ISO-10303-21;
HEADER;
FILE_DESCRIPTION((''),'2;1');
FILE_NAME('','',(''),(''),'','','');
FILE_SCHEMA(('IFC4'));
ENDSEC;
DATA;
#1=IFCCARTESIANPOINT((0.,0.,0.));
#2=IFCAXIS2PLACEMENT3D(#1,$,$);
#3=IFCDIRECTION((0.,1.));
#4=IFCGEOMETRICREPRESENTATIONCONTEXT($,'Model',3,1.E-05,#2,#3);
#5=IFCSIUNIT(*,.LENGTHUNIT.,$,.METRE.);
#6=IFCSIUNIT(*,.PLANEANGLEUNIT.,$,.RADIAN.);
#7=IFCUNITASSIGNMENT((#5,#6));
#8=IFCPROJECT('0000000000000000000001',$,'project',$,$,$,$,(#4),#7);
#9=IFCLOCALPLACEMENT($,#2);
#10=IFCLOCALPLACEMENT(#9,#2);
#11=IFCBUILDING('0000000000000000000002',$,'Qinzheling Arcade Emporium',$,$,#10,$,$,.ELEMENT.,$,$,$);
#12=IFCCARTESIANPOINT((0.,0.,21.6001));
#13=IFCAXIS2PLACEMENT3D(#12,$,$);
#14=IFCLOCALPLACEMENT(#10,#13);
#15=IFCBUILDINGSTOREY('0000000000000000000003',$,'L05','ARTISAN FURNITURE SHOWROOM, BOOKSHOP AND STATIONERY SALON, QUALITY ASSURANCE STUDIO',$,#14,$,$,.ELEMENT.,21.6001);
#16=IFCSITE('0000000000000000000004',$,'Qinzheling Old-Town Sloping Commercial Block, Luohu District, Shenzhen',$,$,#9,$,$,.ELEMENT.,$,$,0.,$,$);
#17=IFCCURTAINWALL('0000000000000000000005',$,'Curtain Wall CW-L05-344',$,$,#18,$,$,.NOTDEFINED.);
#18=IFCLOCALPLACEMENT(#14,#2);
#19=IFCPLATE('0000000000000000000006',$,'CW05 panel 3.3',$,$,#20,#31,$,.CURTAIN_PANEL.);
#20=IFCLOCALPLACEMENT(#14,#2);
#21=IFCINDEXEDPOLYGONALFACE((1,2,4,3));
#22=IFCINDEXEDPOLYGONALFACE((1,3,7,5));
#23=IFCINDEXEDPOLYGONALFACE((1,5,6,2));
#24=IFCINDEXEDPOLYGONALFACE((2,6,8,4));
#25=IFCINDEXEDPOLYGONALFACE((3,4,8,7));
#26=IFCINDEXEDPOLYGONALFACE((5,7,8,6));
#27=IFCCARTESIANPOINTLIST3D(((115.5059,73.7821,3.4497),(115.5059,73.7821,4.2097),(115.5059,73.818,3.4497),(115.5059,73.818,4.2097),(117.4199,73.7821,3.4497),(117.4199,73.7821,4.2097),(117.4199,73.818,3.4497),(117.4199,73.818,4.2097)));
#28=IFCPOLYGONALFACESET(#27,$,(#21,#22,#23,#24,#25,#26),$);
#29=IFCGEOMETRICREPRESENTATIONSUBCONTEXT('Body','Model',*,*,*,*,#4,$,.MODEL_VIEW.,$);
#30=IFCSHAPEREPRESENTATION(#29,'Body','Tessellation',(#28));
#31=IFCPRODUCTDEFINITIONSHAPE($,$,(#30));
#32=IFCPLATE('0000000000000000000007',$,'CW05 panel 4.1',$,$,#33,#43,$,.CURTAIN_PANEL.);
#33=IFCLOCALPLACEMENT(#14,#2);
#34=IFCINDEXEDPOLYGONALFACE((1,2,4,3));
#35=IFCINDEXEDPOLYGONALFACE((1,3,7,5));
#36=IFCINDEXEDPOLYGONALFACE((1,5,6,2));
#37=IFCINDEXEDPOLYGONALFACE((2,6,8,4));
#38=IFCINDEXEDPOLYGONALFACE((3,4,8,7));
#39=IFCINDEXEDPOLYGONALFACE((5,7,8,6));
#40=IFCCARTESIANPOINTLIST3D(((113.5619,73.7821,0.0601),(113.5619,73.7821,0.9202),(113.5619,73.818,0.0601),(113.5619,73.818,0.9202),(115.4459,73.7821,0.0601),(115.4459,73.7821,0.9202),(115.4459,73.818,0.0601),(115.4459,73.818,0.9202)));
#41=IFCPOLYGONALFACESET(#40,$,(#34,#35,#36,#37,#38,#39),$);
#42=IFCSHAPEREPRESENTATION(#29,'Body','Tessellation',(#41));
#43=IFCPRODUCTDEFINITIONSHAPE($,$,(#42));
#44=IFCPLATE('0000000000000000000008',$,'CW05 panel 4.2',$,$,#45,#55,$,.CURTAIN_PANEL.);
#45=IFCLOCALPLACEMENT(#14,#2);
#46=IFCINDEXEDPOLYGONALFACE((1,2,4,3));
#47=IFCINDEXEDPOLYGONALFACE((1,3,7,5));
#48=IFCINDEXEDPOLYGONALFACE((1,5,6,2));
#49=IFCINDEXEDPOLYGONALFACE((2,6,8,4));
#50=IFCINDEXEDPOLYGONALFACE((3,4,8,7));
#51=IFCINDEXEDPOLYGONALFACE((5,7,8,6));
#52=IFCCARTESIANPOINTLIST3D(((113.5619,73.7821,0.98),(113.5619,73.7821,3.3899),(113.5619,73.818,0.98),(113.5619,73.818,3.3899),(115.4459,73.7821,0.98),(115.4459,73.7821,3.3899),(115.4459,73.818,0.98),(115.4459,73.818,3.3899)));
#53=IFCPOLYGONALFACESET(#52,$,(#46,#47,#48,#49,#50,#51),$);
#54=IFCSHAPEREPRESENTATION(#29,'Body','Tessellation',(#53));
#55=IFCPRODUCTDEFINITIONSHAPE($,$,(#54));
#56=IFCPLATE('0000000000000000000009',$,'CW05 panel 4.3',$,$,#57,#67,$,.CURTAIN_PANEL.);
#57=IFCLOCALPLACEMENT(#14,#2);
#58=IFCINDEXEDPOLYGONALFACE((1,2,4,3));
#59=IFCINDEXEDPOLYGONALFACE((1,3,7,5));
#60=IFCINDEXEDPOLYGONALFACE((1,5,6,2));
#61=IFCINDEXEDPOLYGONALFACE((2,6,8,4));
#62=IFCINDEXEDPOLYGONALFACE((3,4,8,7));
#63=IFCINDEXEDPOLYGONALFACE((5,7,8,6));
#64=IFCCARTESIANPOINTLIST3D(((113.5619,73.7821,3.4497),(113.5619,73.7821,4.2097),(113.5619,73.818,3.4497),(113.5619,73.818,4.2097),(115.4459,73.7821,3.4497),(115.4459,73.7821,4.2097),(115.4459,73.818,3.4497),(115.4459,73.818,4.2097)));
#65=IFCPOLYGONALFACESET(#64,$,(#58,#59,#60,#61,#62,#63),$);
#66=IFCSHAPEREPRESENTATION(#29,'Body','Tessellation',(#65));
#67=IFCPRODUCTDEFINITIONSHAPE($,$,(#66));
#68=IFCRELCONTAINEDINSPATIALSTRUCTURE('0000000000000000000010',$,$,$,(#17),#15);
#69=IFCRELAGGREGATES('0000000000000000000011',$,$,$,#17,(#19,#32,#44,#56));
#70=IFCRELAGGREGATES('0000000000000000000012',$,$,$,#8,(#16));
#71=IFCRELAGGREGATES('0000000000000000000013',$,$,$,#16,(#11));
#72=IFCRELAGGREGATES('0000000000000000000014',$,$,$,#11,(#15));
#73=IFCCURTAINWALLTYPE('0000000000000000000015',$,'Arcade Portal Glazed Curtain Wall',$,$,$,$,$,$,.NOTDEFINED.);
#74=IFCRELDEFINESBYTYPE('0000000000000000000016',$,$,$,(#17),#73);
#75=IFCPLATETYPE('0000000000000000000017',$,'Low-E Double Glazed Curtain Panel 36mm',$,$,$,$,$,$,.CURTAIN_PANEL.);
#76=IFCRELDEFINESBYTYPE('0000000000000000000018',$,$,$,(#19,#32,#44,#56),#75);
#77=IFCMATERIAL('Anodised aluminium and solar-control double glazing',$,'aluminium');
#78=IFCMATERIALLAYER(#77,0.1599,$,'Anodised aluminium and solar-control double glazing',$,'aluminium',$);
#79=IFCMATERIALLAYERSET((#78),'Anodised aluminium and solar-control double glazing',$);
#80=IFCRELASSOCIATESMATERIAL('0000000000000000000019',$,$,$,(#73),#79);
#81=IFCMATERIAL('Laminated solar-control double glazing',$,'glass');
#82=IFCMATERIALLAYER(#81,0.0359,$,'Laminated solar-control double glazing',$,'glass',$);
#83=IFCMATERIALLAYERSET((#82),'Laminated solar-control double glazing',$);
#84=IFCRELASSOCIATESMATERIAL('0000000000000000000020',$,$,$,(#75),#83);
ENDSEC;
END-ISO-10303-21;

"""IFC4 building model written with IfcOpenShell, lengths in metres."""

from ifc_helpers import new_model, si_unit, direction, frame, origin, origin_2d, place, context, subcontext, project, spatial, rectangle, extrude, material, layer, layer_set, type_object, element, aggregate, save


model = new_model("IFC4")

# Units and contexts
model_context = context("Model", 3, precision=1e-05, world=origin(), true_north=direction((0.0, 1.0)))
body_context = subcontext(model_context, "Body", "Model", "MODEL_VIEW")
ifc_project = project(units=[si_unit("LENGTHUNIT", "METRE"), si_unit("PLANEANGLEUNIT", "RADIAN")], contexts=[model_context])

# Site, building, storey
site_placement = place(None, origin())
site = spatial("IfcSite", under=ifc_project, at=site_placement, Name="Qinzheling Old-Town Sloping Commercial Block, Luohu District, Shenzhen", CompositionType="ELEMENT", RefElevation=0.0)
building_placement = place(site_placement, origin())
building = spatial("IfcBuilding", under=site, at=building_placement, Name="Qinzheling Arcade Emporium", CompositionType="ELEMENT")
storey_placement = place(building_placement, frame((0.0, 0.0, 21.6001)))
storey = spatial("IfcBuildingStorey", under=building, at=storey_placement, Name="L05", Description="ARTISAN FURNITURE SHOWROOM, BOOKSHOP AND STATIONERY SALON, QUALITY ASSURANCE STUDIO", CompositionType="ELEMENT", Elevation=21.6001)

# Curtain wall
ifc_material_1 = material(Name="Anodised aluminium and solar-control double glazing", Category="aluminium")
ifc_layer_1 = layer(ifc_material_1, 0.1599, Name="Anodised aluminium and solar-control double glazing", Category="aluminium")
ifc_layer_set_1 = layer_set([ifc_layer_1], Name="Anodised aluminium and solar-control double glazing")
curtain_wall_type = type_object("IfcCurtainWallType", Name="Arcade Portal Glazed Curtain Wall", PredefinedType="NOTDEFINED", material=ifc_layer_set_1)
curtain_wall_placement = place(storey_placement, origin())
curtain_wall = element("IfcCurtainWall", 1, at=curtain_wall_placement, inside=storey, type_object=curtain_wall_type, Name="Curtain Wall CW-L05-344", PredefinedType="NOTDEFINED")

# Plates
ifc_material_2 = material(Name="Laminated solar-control double glazing", Category="glass")
ifc_layer_2 = layer(ifc_material_2, 0.0359, Name="Laminated solar-control double glazing", Category="glass")
ifc_layer_set_2 = layer_set([ifc_layer_2], Name="Laminated solar-control double glazing")
plate_type = type_object("IfcPlateType", Name="Low-E Double Glazed Curtain Panel 36mm", PredefinedType="CURTAIN_PANEL", material=ifc_layer_set_2)
plate_1_placement = place(storey_placement, frame((116.4629, 73.8, 3.4497), z_axis=(0.0, 0.0, 1.0), x_axis=(-1.0, 0.0, 0.0)))
plate_1 = element("IfcPlate", 2, at=plate_1_placement, type_object=plate_type, Name="CW05 panel 3.3", PredefinedType="CURTAIN_PANEL", context=body_context, shape_type="SweptSolid", body=[
    extrude(rectangle(XDim=1.9141, YDim=0.0359, at=origin_2d()), origin(), (0.0, 0.0, 1.0), 0.76),
])
plate_2_placement = place(storey_placement, frame((114.5039, 73.8, 0.0601), z_axis=(0.0, 0.0, 1.0), x_axis=(-1.0, 0.0, 0.0)))
plate_2 = element("IfcPlate", 3, at=plate_2_placement, type_object=plate_type, Name="CW05 panel 4.1", PredefinedType="CURTAIN_PANEL", context=body_context, shape_type="SweptSolid", body=[
    extrude(rectangle(XDim=1.884, YDim=0.0359, at=origin_2d()), origin(), (0.0, 0.0, 1.0), 0.8601),
])
plate_3_placement = place(storey_placement, frame((114.5039, 73.8, 0.98), z_axis=(0.0, 0.0, 1.0), x_axis=(-1.0, 0.0, 0.0)))
plate_3 = element("IfcPlate", 4, at=plate_3_placement, type_object=plate_type, Name="CW05 panel 4.2", PredefinedType="CURTAIN_PANEL", context=body_context, shape_type="SweptSolid", body=[
    extrude(rectangle(XDim=1.884, YDim=0.0359, at=origin_2d()), origin(), (0.0, 0.0, 1.0), 2.4099),
])
plate_4_placement = place(storey_placement, frame((114.5039, 73.8, 3.4497), z_axis=(0.0, 0.0, 1.0), x_axis=(-1.0, 0.0, 0.0)))
plate_4 = element("IfcPlate", 5, at=plate_4_placement, type_object=plate_type, Name="CW05 panel 4.3", PredefinedType="CURTAIN_PANEL", context=body_context, shape_type="SweptSolid", body=[
    extrude(rectangle(XDim=1.884, YDim=0.0359, at=origin_2d()), origin(), (0.0, 0.0, 1.0), 0.76),
])
aggregate(curtain_wall, [plate_1, plate_2, plate_3, plate_4])

save(model, "model.ifc")
